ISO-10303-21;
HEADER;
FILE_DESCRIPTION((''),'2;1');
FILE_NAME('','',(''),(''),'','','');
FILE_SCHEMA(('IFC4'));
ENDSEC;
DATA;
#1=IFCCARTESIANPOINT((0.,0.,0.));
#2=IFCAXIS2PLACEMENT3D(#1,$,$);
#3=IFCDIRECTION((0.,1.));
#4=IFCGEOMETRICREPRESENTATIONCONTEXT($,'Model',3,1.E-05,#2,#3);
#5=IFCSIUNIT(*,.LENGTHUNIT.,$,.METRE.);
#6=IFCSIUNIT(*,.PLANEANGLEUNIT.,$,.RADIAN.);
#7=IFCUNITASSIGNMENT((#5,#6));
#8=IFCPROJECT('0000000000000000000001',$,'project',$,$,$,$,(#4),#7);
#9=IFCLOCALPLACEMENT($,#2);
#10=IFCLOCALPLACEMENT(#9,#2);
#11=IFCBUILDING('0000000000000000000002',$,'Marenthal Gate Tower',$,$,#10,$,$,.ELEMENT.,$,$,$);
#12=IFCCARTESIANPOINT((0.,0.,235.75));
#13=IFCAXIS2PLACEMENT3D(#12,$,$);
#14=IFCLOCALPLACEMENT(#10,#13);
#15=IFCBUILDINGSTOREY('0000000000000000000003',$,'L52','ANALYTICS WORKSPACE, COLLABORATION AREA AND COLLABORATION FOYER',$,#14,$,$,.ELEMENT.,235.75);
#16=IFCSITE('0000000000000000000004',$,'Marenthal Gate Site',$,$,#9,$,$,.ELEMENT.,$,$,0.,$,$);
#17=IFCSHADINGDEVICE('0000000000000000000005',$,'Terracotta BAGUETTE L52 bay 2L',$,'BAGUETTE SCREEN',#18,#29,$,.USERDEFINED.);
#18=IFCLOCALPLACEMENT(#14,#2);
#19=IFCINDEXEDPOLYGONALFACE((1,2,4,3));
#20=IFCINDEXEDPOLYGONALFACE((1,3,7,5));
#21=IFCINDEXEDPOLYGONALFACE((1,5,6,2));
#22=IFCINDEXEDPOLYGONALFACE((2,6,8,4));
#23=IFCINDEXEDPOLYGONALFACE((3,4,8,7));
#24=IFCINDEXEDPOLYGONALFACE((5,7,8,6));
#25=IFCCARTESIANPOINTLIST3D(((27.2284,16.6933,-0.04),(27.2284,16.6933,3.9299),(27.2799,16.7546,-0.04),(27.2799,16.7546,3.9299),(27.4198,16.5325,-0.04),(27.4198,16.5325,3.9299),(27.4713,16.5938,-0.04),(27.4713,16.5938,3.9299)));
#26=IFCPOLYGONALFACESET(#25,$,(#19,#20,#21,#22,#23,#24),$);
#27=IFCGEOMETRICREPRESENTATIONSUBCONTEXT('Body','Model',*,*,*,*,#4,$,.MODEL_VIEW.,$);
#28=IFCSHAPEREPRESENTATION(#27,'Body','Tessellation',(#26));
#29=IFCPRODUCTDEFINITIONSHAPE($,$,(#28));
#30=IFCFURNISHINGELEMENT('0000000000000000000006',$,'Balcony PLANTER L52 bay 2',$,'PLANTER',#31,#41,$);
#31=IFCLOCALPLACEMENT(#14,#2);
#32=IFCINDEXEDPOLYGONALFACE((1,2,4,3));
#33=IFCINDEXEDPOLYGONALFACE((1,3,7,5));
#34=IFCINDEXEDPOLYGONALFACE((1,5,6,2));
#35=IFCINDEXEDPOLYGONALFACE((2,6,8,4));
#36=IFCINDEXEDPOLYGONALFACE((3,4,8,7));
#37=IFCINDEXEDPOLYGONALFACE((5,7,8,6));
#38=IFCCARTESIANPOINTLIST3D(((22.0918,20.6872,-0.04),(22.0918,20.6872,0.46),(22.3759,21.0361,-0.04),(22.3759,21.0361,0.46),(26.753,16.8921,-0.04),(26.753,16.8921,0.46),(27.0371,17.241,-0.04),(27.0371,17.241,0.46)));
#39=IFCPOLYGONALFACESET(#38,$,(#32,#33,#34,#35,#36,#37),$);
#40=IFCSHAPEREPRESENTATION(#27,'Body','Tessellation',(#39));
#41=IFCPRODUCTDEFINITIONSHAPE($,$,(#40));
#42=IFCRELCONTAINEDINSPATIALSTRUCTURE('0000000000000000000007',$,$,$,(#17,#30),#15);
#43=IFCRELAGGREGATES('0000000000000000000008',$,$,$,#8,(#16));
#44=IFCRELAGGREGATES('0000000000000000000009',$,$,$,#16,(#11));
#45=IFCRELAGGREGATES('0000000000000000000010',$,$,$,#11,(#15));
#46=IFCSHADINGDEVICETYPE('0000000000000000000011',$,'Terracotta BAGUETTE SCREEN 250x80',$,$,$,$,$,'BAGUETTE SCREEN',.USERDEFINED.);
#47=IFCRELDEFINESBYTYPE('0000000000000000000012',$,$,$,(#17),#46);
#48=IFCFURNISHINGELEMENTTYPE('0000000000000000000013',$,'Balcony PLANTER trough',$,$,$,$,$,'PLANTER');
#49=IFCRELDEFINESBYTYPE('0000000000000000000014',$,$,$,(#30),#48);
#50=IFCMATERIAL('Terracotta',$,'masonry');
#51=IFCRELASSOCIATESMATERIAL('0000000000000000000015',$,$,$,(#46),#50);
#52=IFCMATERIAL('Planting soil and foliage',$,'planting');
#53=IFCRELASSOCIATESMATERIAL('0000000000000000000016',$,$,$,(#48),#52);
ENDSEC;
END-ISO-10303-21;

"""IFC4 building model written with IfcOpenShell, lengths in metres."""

from ifc_helpers import new_model, si_unit, direction, frame, origin, origin_2d, place, context, subcontext, project, spatial, rectangle, extrude, material, material_profile, profile_set, type_object, element, save


model = new_model("IFC4")

# Units and contexts
model_context = context("Model", 3, precision=1e-05, world=origin(), true_north=direction((0.0, 1.0)))
body_context = subcontext(model_context, "Body", "Model", "MODEL_VIEW")
ifc_project = project(units=[si_unit("LENGTHUNIT", "METRE"), si_unit("PLANEANGLEUNIT", "RADIAN")], contexts=[model_context])

# Site, building, storey
site_placement = place(None, origin())
site = spatial("IfcSite", under=ifc_project, at=site_placement, Name="Marenthal Gate Site", CompositionType="ELEMENT", RefElevation=0.0)
building_placement = place(site_placement, origin())
building = spatial("IfcBuilding", under=site, at=building_placement, Name="Marenthal Gate Tower", CompositionType="ELEMENT")
storey_placement = place(building_placement, frame((0.0, 0.0, 235.75)))
storey = spatial("IfcBuildingStorey", under=building, at=storey_placement, Name="L52", Description="ANALYTICS WORKSPACE, COLLABORATION AREA AND COLLABORATION FOYER", CompositionType="ELEMENT", Elevation=235.75)

# Shading device
ifc_material_1 = material(Name="Terracotta", Category="masonry")
ifc_material_profile_1 = material_profile(ifc_material_1, rectangle(XDim=0.25, YDim=0.0801, at=origin_2d()), Name="Terracotta baguette 250x80")
ifc_profile_set_1 = profile_set([ifc_material_profile_1], Name="Terracotta")
shading_device_type = type_object("IfcShadingDeviceType", Name="Terracotta BAGUETTE SCREEN 250x80", ElementType="BAGUETTE SCREEN", PredefinedType="USERDEFINED", material=ifc_profile_set_1)
shading_device_placement = place(storey_placement, frame((27.3499, 16.6436, -0.04), z_axis=(0.0, 0.0, 1.0), x_axis=(-0.765469, 0.643472, 0.0)))
element("IfcShadingDevice", 1, at=shading_device_placement, inside=storey, type_object=shading_device_type, Name="Terracotta BAGUETTE L52 bay 2L", ObjectType="BAGUETTE SCREEN", PredefinedType="USERDEFINED", context=body_context, shape_type="SweptSolid", body=[
    extrude(rectangle(XDim=0.25, YDim=0.0801, at=origin_2d()), origin(), (0.0, 0.0, 1.0), 3.97),
])

# Furnishing element
ifc_material_2 = material(Name="Planting soil and foliage", Category="planting")
furnishing_element_type = type_object("IfcFurnishingElementType", Name="Balcony PLANTER trough", ElementType="PLANTER", material=ifc_material_2)
furnishing_placement = place(storey_placement, frame((24.5645, 18.9641, -0.04), z_axis=(0.0, 0.0, 1.0), x_axis=(-0.775469, 0.631385, 0.0)))
element("IfcFurnishingElement", 2, at=furnishing_placement, inside=storey, type_object=furnishing_element_type, Name="Balcony PLANTER L52 bay 2", ObjectType="PLANTER", context=body_context, shape_type="SweptSolid", body=[
    extrude(rectangle(XDim=6.0107, YDim=0.45, at=origin_2d()), origin(), (0.0, 0.0, 1.0), 0.5),
])

save(model, "model.ifc")
